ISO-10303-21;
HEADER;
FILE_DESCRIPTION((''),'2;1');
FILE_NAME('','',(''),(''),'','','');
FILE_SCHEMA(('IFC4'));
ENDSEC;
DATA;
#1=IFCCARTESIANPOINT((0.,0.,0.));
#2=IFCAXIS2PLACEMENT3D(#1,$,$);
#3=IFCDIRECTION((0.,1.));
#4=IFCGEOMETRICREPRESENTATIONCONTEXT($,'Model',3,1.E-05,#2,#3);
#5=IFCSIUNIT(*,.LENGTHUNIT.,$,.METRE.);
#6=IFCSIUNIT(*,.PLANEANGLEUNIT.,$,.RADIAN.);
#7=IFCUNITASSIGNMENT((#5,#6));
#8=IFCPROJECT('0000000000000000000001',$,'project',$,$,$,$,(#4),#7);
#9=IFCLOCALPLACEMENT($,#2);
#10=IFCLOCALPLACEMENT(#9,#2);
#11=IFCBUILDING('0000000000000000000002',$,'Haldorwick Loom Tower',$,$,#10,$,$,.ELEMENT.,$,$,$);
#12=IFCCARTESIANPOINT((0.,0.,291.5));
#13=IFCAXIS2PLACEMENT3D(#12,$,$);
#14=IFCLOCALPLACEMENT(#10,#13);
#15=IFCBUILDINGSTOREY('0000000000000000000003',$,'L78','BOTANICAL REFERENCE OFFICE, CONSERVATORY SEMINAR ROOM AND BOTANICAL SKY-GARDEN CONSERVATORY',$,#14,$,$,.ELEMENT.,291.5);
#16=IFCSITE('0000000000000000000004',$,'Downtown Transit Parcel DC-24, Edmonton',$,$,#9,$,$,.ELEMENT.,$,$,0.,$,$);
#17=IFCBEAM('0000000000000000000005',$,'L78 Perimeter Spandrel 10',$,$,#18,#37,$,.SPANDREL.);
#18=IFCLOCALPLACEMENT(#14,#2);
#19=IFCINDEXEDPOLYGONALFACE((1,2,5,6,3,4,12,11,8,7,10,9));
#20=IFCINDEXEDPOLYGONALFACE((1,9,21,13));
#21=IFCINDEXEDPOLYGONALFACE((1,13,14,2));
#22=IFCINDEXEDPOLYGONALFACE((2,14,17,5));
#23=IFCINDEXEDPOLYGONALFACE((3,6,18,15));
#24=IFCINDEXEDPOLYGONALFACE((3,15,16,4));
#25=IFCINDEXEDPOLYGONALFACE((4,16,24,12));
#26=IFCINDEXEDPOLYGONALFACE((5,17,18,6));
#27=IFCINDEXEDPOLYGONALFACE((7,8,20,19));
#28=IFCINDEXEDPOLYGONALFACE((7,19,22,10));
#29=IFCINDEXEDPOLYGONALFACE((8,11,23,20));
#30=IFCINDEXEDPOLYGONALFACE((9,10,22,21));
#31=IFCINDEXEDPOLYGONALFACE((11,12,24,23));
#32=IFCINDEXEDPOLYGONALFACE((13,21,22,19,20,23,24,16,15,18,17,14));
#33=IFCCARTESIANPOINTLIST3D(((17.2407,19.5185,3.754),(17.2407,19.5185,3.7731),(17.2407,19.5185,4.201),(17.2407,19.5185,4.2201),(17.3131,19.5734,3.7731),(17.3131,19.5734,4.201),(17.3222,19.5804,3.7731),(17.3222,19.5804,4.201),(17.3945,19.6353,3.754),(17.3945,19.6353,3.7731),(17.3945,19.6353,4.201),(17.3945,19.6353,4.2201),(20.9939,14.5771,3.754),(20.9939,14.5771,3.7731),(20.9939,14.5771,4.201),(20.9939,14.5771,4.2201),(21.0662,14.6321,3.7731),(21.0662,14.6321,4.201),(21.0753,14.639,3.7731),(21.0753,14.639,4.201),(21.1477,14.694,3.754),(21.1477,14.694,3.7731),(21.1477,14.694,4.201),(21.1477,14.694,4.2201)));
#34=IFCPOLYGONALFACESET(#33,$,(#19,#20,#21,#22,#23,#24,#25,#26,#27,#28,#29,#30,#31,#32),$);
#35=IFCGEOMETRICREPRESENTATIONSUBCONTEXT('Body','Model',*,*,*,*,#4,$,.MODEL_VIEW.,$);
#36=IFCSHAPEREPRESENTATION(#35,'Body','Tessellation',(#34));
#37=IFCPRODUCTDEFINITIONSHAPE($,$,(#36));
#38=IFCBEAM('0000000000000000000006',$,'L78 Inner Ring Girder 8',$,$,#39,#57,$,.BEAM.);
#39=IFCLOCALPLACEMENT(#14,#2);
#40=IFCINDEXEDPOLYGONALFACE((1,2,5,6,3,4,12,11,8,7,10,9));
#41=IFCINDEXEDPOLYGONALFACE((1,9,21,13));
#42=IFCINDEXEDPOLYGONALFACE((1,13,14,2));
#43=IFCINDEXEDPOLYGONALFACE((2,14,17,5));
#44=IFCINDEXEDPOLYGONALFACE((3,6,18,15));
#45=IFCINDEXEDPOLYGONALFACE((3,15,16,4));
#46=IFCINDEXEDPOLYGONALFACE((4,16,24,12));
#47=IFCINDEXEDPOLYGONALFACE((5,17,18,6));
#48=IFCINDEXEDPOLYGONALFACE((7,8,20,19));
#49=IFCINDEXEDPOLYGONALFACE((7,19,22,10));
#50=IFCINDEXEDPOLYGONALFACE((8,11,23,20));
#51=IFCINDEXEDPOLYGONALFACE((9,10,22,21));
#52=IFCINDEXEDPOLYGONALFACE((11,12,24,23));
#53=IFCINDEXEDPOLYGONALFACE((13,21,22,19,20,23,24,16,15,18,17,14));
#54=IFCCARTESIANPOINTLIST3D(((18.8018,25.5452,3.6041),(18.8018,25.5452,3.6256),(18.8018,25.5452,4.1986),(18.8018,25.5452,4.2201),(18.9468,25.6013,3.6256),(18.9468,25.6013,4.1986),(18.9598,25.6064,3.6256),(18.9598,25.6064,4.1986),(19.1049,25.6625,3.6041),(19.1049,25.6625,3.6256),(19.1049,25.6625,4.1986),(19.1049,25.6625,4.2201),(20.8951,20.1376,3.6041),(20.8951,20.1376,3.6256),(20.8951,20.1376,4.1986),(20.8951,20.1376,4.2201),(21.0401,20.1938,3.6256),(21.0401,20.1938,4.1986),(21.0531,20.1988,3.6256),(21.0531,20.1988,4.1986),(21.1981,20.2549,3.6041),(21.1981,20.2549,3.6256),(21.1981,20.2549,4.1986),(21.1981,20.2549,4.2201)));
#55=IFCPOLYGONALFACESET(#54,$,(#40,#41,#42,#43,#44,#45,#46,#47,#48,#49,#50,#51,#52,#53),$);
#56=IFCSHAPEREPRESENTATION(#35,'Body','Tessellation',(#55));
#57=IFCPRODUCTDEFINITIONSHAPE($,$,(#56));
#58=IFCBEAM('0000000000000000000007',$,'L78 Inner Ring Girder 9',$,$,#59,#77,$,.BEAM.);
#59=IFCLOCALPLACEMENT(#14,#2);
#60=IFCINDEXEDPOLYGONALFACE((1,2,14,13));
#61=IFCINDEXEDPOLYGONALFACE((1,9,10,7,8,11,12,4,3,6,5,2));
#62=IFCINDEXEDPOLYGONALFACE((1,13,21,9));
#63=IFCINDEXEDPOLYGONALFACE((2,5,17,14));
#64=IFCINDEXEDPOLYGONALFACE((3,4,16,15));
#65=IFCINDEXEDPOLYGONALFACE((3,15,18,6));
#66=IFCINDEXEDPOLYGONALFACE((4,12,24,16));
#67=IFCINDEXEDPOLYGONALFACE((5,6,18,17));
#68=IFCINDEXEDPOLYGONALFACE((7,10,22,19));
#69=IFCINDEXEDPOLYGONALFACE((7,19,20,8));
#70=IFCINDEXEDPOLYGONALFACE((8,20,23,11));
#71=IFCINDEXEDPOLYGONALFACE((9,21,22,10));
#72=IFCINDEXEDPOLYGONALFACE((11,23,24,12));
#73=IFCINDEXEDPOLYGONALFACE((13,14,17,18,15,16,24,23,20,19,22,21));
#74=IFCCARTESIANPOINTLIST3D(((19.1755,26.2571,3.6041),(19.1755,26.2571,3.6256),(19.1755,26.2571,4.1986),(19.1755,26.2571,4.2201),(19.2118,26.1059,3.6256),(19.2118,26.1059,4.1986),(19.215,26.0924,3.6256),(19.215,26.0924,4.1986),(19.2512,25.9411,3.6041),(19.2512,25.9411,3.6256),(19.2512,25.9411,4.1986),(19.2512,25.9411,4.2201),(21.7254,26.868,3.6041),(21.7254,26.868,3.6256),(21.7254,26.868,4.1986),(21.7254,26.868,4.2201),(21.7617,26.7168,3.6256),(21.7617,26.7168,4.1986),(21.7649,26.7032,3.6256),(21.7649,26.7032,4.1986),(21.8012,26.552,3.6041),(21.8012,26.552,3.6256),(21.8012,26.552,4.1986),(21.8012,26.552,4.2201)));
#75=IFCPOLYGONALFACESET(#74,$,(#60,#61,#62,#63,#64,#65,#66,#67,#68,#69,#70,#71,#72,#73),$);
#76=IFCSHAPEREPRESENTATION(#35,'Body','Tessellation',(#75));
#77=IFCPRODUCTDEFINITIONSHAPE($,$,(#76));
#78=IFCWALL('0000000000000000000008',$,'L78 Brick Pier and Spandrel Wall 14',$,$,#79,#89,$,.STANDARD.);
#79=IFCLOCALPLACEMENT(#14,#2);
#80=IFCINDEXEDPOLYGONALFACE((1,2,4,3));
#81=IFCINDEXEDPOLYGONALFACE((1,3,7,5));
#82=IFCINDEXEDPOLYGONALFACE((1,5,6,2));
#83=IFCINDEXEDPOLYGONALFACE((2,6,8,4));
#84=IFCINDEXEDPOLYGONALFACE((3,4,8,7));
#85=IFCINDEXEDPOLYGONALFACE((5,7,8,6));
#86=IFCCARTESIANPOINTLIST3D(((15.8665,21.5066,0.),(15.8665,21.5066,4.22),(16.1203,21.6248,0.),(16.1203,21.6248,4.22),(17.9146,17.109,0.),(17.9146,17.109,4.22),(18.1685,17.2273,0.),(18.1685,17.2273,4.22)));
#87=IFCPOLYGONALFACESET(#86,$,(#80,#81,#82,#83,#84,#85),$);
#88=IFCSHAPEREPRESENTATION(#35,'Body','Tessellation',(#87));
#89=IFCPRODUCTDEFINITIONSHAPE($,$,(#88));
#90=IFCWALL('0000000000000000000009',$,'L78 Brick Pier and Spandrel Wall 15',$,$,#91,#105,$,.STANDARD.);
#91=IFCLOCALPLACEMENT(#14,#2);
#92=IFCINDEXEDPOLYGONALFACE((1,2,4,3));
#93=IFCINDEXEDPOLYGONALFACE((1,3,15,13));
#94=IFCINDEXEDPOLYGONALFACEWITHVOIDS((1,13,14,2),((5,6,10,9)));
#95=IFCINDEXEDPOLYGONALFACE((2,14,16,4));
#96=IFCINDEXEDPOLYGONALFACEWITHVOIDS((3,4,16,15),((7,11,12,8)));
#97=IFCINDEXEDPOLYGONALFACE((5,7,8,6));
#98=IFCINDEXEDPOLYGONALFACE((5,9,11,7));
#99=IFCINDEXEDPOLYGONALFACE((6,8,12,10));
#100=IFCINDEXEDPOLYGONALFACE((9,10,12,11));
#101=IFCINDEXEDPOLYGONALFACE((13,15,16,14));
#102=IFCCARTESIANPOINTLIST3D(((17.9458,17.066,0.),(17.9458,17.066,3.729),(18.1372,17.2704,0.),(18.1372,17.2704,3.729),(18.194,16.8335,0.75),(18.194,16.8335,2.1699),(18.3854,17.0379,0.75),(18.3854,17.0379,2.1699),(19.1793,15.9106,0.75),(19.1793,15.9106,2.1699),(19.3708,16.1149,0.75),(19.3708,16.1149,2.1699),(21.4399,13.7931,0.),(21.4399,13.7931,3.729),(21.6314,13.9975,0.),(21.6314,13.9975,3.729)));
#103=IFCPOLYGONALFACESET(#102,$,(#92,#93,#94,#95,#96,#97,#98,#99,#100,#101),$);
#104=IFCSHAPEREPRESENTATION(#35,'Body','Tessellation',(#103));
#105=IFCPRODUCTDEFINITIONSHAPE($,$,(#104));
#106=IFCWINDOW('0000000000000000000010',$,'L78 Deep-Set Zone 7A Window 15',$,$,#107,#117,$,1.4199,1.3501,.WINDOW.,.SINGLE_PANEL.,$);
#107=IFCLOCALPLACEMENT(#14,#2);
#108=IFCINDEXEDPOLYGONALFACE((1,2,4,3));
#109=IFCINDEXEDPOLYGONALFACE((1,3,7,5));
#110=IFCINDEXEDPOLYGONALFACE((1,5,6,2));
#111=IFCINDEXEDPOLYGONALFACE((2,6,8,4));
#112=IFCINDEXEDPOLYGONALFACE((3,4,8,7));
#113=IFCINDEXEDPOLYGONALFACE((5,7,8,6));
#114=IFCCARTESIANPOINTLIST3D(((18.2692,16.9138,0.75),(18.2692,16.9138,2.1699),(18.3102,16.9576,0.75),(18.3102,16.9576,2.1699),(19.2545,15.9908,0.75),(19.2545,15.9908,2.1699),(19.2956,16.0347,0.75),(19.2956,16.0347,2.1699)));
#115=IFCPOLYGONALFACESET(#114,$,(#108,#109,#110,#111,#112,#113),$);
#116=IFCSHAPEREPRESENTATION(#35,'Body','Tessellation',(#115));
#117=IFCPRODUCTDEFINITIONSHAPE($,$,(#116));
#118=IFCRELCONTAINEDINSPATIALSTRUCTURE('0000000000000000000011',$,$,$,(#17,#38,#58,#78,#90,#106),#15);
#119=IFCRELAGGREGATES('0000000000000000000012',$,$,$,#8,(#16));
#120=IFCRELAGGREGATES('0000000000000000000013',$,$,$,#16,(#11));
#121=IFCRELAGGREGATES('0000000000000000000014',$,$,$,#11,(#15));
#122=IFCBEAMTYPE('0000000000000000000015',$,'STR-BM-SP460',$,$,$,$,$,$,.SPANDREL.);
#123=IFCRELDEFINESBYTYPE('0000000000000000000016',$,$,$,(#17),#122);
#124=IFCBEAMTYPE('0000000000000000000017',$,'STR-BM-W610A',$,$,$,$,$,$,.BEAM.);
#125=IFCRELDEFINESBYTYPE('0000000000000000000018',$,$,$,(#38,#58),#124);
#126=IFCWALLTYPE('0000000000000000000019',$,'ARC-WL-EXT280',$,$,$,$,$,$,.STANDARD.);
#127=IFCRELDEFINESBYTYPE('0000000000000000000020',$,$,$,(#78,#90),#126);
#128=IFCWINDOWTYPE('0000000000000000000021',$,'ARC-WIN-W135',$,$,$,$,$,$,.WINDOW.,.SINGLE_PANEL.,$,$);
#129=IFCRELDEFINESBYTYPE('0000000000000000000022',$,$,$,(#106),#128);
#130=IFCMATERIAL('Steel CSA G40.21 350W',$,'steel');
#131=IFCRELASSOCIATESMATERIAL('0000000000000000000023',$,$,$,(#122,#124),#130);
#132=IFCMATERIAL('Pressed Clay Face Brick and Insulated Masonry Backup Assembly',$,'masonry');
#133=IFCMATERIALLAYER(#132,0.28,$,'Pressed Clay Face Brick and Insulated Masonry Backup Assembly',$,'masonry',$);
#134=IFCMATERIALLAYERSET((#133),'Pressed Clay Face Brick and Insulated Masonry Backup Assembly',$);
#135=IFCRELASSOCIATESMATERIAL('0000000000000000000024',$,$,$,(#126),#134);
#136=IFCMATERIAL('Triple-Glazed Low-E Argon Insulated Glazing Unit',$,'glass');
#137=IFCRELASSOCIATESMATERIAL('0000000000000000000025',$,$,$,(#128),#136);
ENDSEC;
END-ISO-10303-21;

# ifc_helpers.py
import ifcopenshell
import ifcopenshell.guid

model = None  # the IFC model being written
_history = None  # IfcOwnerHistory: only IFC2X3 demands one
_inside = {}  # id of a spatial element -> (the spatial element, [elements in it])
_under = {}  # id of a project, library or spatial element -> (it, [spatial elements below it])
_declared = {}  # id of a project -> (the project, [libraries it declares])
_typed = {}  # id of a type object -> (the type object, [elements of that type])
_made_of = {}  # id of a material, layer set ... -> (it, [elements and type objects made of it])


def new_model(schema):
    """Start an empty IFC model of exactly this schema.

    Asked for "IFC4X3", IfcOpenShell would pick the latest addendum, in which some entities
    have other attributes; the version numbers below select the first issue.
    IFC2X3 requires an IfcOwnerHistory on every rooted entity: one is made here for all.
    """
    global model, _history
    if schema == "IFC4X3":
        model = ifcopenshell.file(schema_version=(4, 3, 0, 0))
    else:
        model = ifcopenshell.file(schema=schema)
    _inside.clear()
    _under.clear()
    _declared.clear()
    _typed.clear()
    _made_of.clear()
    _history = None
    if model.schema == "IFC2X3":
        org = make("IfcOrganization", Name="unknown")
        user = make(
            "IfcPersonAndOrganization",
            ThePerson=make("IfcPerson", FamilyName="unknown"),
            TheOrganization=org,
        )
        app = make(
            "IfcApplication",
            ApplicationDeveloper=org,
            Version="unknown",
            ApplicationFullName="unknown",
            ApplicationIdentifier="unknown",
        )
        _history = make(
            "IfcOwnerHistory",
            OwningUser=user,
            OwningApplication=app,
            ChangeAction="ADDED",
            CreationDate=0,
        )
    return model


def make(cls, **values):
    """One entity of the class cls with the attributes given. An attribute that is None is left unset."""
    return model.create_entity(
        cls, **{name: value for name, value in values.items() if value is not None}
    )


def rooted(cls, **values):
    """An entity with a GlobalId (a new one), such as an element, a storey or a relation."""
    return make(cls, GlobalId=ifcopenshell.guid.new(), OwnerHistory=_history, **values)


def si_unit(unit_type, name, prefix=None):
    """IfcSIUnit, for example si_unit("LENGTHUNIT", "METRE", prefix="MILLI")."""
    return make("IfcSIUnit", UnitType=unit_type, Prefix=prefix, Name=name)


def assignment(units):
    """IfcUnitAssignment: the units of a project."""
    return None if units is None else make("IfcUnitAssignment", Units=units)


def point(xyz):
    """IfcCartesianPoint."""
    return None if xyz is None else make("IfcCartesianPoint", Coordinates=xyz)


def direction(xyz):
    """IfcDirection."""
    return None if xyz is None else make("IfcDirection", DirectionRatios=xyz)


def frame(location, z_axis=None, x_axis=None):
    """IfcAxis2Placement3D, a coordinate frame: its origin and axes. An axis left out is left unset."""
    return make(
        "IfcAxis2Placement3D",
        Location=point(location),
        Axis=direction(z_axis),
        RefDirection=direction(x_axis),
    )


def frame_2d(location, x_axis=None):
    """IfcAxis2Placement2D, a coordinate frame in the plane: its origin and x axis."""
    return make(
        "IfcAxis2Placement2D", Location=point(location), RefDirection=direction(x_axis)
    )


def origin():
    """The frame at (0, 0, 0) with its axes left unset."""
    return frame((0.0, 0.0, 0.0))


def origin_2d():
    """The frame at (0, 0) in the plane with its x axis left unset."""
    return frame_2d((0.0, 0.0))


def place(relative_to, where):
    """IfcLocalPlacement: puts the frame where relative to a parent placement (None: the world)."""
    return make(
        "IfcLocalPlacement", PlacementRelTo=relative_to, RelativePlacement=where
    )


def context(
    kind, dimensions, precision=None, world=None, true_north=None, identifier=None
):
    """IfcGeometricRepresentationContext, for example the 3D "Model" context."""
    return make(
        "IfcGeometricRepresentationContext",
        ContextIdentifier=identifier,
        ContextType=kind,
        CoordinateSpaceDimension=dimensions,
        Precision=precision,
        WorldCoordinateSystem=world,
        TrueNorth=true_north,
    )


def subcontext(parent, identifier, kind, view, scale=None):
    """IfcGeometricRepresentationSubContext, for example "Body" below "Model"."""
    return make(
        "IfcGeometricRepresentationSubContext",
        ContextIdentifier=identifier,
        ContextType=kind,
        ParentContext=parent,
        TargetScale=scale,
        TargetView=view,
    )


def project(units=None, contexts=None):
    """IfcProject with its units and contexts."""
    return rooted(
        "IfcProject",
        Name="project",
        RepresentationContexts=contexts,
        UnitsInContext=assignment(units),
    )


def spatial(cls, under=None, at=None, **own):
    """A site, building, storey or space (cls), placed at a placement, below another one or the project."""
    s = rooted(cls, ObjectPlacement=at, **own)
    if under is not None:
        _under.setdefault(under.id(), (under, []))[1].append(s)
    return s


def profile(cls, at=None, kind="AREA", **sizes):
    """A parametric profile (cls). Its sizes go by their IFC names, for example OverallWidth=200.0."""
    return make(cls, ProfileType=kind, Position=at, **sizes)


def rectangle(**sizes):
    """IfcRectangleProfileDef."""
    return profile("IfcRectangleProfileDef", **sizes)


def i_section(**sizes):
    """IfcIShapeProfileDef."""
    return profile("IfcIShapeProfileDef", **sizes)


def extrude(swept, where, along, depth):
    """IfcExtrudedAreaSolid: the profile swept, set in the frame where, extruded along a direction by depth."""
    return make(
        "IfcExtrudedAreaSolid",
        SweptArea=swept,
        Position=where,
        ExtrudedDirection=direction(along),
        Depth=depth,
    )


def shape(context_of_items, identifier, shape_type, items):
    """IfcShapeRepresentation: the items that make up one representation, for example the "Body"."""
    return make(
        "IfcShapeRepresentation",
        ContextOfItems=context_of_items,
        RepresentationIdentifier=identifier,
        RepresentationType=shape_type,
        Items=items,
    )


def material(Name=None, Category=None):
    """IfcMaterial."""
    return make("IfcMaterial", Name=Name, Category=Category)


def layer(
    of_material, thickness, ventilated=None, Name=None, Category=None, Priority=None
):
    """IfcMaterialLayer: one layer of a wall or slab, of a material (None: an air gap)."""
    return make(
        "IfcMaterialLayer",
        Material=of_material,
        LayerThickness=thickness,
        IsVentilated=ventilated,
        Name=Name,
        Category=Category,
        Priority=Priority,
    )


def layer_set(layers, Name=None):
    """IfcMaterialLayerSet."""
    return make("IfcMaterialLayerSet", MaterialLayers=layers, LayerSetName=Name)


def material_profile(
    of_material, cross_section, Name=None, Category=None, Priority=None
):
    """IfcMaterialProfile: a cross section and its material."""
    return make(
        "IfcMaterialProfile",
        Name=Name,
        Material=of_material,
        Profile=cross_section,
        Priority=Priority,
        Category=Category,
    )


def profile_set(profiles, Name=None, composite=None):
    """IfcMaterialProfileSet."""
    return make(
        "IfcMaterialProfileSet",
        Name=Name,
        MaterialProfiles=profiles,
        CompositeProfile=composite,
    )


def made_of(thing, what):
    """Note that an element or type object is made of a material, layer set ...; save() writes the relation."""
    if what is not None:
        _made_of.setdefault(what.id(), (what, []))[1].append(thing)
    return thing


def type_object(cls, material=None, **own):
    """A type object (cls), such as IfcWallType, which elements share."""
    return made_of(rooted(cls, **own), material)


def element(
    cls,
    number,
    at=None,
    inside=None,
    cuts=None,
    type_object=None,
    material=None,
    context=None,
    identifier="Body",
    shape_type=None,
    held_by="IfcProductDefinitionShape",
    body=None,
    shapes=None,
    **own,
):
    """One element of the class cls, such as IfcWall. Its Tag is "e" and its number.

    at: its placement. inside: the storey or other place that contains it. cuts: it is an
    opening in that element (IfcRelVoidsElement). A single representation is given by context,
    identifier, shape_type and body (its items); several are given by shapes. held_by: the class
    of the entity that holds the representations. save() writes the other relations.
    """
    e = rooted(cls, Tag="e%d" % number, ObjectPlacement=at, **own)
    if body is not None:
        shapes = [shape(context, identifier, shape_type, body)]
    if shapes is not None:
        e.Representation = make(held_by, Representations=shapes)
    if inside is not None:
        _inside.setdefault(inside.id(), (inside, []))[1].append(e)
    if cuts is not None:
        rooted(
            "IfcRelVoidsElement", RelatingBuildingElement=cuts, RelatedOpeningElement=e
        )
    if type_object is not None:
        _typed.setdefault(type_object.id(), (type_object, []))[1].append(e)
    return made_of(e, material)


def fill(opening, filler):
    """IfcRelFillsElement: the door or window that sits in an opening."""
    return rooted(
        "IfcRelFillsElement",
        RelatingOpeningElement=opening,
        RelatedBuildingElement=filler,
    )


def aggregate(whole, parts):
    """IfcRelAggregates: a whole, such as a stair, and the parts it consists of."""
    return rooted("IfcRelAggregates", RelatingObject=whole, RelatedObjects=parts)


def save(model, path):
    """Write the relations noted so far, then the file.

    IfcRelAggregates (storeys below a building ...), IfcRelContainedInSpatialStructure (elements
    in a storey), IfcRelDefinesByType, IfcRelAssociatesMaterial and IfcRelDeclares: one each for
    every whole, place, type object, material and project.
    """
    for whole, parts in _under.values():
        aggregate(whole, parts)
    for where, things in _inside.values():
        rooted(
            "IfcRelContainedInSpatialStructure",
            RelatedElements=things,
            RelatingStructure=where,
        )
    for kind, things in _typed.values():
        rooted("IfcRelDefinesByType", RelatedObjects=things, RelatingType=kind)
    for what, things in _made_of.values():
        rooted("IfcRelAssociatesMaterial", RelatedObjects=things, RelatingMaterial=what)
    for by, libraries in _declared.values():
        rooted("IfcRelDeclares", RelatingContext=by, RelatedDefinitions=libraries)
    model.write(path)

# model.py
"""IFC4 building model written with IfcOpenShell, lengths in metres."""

from ifc_helpers import new_model, si_unit, direction, frame, frame_2d, origin, origin_2d, place, context, subcontext, project, spatial, rectangle, i_section, extrude, material, layer, layer_set, material_profile, profile_set, type_object, element, fill, save


model = new_model("IFC4")

# Units and contexts
model_context = context("Model", 3, precision=1e-05, world=origin(), true_north=direction((0.0, 1.0)))
body_context = subcontext(model_context, "Body", "Model", "MODEL_VIEW")
ifc_project = project(units=[si_unit("LENGTHUNIT", "METRE"), si_unit("PLANEANGLEUNIT", "RADIAN")], contexts=[model_context])

# Site, building, storey
site_placement = place(None, origin())
site = spatial("IfcSite", under=ifc_project, at=site_placement, Name="Downtown Transit Parcel DC-24, Edmonton", CompositionType="ELEMENT", RefElevation=0.0)
building_placement = place(site_placement, origin())
building = spatial("IfcBuilding", under=site, at=building_placement, Name="Haldorwick Loom Tower", CompositionType="ELEMENT")
storey_placement = place(building_placement, frame((0.0, 0.0, 291.5)))
storey = spatial("IfcBuildingStorey", under=building, at=storey_placement, Name="L78", Description="BOTANICAL REFERENCE OFFICE, CONSERVATORY SEMINAR ROOM AND BOTANICAL SKY-GARDEN CONSERVATORY", CompositionType="ELEMENT", Elevation=291.5)

# Shared definitions
ifc_material_1 = material(Name="Steel CSA G40.21 350W", Category="steel")

# Beams
ifc_material_profile_1 = material_profile(ifc_material_1, i_section(OverallWidth=0.1931, OverallDepth=0.4661, WebThickness=0.0115, FlangeThickness=0.019, at=origin_2d()), Name="W460X97", Category="steel")
ifc_profile_set_1 = profile_set([ifc_material_profile_1], Name="Steel CSA G40.21 350W")
beam_type_1 = type_object("IfcBeamType", Name="STR-BM-SP460", PredefinedType="SPANDREL", material=ifc_profile_set_1)
beam_1_placement = place(storey_placement, frame((17.3176, 19.5769, 3.9871), z_axis=(0.604849, -0.79634, 0.0), x_axis=(0.79634, 0.604849, 0.0)))
element("IfcBeam", 1, at=beam_1_placement, inside=storey, type_object=beam_type_1, Name="L78 Perimeter Spandrel 10", PredefinedType="SPANDREL", context=body_context, shape_type="SweptSolid", body=[
    extrude(i_section(OverallWidth=0.1931, OverallDepth=0.4661, WebThickness=0.0115, FlangeThickness=0.019, at=origin_2d()), origin(), (0.0, 0.0, 1.0), 6.2051),
])
ifc_material_profile_2 = material_profile(ifc_material_1, i_section(OverallWidth=0.325, OverallDepth=0.616, WebThickness=0.0139, FlangeThickness=0.0215, at=origin_2d()), Name="W610X174", Category="steel")
ifc_profile_set_2 = profile_set([ifc_material_profile_2], Name="Steel CSA G40.21 350W")
beam_type_2 = type_object("IfcBeamType", Name="STR-BM-W610A", PredefinedType="BEAM", material=ifc_profile_set_2)
beam_2_placement = place(storey_placement, frame((21.0466, 20.1963, 3.9121), z_axis=(-0.361001, 0.932565, 0.0), x_axis=(-0.932565, -0.361001, 0.0)))
element("IfcBeam", 2, at=beam_2_placement, inside=storey, type_object=beam_type_2, Name="L78 Inner Ring Girder 8", PredefinedType="BEAM", context=body_context, shape_type="SweptSolid", body=[
    extrude(i_section(OverallWidth=0.325, OverallDepth=0.616, WebThickness=0.0139, FlangeThickness=0.0215, at=origin_2d()), origin(), (0.0, 0.0, 1.0), 5.7986),
])
beam_3_placement = place(storey_placement, frame((19.2134, 26.0991, 3.9121), z_axis=(0.972484, 0.232971, 0.0), x_axis=(-0.232971, 0.972484, 0.0)))
element("IfcBeam", 3, at=beam_3_placement, inside=storey, type_object=beam_type_2, Name="L78 Inner Ring Girder 9", PredefinedType="BEAM", context=body_context, shape_type="SweptSolid", body=[
    extrude(i_section(OverallWidth=0.325, OverallDepth=0.616, WebThickness=0.0139, FlangeThickness=0.0215, at=origin_2d()), origin(), (0.0, 0.0, 1.0), 2.6221),
])

# Wall
ifc_material_2 = material(Name="Pressed Clay Face Brick and Insulated Masonry Backup Assembly", Category="masonry")
ifc_layer_1 = layer(ifc_material_2, 0.28, Name="Pressed Clay Face Brick and Insulated Masonry Backup Assembly", Category="masonry")
ifc_layer_set_1 = layer_set([ifc_layer_1], Name="Pressed Clay Face Brick and Insulated Masonry Backup Assembly")
wall_type_1 = type_object("IfcWallType", Name="ARC-WL-EXT280", PredefinedType="STANDARD", material=ifc_layer_set_1)
wall_1_placement = place(storey_placement, frame((15.9934, 21.5657, 0.0), z_axis=(0.0, 0.0, 1.0), x_axis=(0.422199, -0.906503, 0.0)))
element("IfcWall", 4, at=wall_1_placement, inside=storey, type_object=wall_type_1, Name="L78 Brick Pier and Spandrel Wall 14", PredefinedType="STANDARD", context=body_context, shape_type="SweptSolid", body=[
    extrude(rectangle(XDim=4.8511, YDim=0.28, at=frame_2d((2.4255, 0.0))), origin(), (0.0, 0.0, 1.0), 4.22),
])

# Wall, opening, window
wall_2_placement = place(storey_placement, frame((18.0415, 17.1682, 0.0), z_axis=(0.0, 0.0, 1.0), x_axis=(0.72983, -0.683629, 0.0)))
wall_2 = element("IfcWall", 5, at=wall_2_placement, inside=storey, type_object=wall_type_1, Name="L78 Brick Pier and Spandrel Wall 15", PredefinedType="STANDARD", context=body_context, shape_type="SweptSolid", body=[
    extrude(rectangle(XDim=4.7876, YDim=0.28, at=frame_2d((2.3938, 0.0))), origin(), (0.0, 0.0, 1.0), 3.729),
])
opening_1_placement = place(wall_2_placement, frame((0.3401, 0.0, 0.75)))
opening_1 = element("IfcOpeningElement", 6, at=opening_1_placement, cuts=wall_2, PredefinedType="OPENING", context=body_context, shape_type="SweptSolid", body=[
    extrude(rectangle(XDim=1.3501, YDim=1.4199, at=frame_2d((0.675, 0.71))), frame((0.0, 0.1499, 0.0), z_axis=(0.0, -1.0, 0.0), x_axis=(1.0, 0.0, 0.0)), (0.0, 0.0, 1.0), 0.3),
])
ifc_material_3 = material(Name="Triple-Glazed Low-E Argon Insulated Glazing Unit", Category="glass")
window_type = type_object("IfcWindowType", Name="ARC-WIN-W135", PartitioningType="SINGLE_PANEL", PredefinedType="WINDOW", material=ifc_material_3)
window_placement = place(opening_1_placement, origin())
window = element("IfcWindow", 7, at=window_placement, inside=storey, type_object=window_type, Name="L78 Deep-Set Zone 7A Window 15", OverallHeight=1.4199, OverallWidth=1.3501, PartitioningType="SINGLE_PANEL", PredefinedType="WINDOW", context=body_context, shape_type="SweptSolid", body=[
    extrude(rectangle(XDim=1.3501, YDim=1.4199, at=frame_2d((0.675, 0.71))), frame((0.0, 0.03, 0.0), z_axis=(0.0, -1.0, 0.0), x_axis=(1.0, 0.0, 0.0)), (0.0, 0.0, 1.0), 0.0601),
])
fill(opening_1, window)

save(model, "model.ifc")
